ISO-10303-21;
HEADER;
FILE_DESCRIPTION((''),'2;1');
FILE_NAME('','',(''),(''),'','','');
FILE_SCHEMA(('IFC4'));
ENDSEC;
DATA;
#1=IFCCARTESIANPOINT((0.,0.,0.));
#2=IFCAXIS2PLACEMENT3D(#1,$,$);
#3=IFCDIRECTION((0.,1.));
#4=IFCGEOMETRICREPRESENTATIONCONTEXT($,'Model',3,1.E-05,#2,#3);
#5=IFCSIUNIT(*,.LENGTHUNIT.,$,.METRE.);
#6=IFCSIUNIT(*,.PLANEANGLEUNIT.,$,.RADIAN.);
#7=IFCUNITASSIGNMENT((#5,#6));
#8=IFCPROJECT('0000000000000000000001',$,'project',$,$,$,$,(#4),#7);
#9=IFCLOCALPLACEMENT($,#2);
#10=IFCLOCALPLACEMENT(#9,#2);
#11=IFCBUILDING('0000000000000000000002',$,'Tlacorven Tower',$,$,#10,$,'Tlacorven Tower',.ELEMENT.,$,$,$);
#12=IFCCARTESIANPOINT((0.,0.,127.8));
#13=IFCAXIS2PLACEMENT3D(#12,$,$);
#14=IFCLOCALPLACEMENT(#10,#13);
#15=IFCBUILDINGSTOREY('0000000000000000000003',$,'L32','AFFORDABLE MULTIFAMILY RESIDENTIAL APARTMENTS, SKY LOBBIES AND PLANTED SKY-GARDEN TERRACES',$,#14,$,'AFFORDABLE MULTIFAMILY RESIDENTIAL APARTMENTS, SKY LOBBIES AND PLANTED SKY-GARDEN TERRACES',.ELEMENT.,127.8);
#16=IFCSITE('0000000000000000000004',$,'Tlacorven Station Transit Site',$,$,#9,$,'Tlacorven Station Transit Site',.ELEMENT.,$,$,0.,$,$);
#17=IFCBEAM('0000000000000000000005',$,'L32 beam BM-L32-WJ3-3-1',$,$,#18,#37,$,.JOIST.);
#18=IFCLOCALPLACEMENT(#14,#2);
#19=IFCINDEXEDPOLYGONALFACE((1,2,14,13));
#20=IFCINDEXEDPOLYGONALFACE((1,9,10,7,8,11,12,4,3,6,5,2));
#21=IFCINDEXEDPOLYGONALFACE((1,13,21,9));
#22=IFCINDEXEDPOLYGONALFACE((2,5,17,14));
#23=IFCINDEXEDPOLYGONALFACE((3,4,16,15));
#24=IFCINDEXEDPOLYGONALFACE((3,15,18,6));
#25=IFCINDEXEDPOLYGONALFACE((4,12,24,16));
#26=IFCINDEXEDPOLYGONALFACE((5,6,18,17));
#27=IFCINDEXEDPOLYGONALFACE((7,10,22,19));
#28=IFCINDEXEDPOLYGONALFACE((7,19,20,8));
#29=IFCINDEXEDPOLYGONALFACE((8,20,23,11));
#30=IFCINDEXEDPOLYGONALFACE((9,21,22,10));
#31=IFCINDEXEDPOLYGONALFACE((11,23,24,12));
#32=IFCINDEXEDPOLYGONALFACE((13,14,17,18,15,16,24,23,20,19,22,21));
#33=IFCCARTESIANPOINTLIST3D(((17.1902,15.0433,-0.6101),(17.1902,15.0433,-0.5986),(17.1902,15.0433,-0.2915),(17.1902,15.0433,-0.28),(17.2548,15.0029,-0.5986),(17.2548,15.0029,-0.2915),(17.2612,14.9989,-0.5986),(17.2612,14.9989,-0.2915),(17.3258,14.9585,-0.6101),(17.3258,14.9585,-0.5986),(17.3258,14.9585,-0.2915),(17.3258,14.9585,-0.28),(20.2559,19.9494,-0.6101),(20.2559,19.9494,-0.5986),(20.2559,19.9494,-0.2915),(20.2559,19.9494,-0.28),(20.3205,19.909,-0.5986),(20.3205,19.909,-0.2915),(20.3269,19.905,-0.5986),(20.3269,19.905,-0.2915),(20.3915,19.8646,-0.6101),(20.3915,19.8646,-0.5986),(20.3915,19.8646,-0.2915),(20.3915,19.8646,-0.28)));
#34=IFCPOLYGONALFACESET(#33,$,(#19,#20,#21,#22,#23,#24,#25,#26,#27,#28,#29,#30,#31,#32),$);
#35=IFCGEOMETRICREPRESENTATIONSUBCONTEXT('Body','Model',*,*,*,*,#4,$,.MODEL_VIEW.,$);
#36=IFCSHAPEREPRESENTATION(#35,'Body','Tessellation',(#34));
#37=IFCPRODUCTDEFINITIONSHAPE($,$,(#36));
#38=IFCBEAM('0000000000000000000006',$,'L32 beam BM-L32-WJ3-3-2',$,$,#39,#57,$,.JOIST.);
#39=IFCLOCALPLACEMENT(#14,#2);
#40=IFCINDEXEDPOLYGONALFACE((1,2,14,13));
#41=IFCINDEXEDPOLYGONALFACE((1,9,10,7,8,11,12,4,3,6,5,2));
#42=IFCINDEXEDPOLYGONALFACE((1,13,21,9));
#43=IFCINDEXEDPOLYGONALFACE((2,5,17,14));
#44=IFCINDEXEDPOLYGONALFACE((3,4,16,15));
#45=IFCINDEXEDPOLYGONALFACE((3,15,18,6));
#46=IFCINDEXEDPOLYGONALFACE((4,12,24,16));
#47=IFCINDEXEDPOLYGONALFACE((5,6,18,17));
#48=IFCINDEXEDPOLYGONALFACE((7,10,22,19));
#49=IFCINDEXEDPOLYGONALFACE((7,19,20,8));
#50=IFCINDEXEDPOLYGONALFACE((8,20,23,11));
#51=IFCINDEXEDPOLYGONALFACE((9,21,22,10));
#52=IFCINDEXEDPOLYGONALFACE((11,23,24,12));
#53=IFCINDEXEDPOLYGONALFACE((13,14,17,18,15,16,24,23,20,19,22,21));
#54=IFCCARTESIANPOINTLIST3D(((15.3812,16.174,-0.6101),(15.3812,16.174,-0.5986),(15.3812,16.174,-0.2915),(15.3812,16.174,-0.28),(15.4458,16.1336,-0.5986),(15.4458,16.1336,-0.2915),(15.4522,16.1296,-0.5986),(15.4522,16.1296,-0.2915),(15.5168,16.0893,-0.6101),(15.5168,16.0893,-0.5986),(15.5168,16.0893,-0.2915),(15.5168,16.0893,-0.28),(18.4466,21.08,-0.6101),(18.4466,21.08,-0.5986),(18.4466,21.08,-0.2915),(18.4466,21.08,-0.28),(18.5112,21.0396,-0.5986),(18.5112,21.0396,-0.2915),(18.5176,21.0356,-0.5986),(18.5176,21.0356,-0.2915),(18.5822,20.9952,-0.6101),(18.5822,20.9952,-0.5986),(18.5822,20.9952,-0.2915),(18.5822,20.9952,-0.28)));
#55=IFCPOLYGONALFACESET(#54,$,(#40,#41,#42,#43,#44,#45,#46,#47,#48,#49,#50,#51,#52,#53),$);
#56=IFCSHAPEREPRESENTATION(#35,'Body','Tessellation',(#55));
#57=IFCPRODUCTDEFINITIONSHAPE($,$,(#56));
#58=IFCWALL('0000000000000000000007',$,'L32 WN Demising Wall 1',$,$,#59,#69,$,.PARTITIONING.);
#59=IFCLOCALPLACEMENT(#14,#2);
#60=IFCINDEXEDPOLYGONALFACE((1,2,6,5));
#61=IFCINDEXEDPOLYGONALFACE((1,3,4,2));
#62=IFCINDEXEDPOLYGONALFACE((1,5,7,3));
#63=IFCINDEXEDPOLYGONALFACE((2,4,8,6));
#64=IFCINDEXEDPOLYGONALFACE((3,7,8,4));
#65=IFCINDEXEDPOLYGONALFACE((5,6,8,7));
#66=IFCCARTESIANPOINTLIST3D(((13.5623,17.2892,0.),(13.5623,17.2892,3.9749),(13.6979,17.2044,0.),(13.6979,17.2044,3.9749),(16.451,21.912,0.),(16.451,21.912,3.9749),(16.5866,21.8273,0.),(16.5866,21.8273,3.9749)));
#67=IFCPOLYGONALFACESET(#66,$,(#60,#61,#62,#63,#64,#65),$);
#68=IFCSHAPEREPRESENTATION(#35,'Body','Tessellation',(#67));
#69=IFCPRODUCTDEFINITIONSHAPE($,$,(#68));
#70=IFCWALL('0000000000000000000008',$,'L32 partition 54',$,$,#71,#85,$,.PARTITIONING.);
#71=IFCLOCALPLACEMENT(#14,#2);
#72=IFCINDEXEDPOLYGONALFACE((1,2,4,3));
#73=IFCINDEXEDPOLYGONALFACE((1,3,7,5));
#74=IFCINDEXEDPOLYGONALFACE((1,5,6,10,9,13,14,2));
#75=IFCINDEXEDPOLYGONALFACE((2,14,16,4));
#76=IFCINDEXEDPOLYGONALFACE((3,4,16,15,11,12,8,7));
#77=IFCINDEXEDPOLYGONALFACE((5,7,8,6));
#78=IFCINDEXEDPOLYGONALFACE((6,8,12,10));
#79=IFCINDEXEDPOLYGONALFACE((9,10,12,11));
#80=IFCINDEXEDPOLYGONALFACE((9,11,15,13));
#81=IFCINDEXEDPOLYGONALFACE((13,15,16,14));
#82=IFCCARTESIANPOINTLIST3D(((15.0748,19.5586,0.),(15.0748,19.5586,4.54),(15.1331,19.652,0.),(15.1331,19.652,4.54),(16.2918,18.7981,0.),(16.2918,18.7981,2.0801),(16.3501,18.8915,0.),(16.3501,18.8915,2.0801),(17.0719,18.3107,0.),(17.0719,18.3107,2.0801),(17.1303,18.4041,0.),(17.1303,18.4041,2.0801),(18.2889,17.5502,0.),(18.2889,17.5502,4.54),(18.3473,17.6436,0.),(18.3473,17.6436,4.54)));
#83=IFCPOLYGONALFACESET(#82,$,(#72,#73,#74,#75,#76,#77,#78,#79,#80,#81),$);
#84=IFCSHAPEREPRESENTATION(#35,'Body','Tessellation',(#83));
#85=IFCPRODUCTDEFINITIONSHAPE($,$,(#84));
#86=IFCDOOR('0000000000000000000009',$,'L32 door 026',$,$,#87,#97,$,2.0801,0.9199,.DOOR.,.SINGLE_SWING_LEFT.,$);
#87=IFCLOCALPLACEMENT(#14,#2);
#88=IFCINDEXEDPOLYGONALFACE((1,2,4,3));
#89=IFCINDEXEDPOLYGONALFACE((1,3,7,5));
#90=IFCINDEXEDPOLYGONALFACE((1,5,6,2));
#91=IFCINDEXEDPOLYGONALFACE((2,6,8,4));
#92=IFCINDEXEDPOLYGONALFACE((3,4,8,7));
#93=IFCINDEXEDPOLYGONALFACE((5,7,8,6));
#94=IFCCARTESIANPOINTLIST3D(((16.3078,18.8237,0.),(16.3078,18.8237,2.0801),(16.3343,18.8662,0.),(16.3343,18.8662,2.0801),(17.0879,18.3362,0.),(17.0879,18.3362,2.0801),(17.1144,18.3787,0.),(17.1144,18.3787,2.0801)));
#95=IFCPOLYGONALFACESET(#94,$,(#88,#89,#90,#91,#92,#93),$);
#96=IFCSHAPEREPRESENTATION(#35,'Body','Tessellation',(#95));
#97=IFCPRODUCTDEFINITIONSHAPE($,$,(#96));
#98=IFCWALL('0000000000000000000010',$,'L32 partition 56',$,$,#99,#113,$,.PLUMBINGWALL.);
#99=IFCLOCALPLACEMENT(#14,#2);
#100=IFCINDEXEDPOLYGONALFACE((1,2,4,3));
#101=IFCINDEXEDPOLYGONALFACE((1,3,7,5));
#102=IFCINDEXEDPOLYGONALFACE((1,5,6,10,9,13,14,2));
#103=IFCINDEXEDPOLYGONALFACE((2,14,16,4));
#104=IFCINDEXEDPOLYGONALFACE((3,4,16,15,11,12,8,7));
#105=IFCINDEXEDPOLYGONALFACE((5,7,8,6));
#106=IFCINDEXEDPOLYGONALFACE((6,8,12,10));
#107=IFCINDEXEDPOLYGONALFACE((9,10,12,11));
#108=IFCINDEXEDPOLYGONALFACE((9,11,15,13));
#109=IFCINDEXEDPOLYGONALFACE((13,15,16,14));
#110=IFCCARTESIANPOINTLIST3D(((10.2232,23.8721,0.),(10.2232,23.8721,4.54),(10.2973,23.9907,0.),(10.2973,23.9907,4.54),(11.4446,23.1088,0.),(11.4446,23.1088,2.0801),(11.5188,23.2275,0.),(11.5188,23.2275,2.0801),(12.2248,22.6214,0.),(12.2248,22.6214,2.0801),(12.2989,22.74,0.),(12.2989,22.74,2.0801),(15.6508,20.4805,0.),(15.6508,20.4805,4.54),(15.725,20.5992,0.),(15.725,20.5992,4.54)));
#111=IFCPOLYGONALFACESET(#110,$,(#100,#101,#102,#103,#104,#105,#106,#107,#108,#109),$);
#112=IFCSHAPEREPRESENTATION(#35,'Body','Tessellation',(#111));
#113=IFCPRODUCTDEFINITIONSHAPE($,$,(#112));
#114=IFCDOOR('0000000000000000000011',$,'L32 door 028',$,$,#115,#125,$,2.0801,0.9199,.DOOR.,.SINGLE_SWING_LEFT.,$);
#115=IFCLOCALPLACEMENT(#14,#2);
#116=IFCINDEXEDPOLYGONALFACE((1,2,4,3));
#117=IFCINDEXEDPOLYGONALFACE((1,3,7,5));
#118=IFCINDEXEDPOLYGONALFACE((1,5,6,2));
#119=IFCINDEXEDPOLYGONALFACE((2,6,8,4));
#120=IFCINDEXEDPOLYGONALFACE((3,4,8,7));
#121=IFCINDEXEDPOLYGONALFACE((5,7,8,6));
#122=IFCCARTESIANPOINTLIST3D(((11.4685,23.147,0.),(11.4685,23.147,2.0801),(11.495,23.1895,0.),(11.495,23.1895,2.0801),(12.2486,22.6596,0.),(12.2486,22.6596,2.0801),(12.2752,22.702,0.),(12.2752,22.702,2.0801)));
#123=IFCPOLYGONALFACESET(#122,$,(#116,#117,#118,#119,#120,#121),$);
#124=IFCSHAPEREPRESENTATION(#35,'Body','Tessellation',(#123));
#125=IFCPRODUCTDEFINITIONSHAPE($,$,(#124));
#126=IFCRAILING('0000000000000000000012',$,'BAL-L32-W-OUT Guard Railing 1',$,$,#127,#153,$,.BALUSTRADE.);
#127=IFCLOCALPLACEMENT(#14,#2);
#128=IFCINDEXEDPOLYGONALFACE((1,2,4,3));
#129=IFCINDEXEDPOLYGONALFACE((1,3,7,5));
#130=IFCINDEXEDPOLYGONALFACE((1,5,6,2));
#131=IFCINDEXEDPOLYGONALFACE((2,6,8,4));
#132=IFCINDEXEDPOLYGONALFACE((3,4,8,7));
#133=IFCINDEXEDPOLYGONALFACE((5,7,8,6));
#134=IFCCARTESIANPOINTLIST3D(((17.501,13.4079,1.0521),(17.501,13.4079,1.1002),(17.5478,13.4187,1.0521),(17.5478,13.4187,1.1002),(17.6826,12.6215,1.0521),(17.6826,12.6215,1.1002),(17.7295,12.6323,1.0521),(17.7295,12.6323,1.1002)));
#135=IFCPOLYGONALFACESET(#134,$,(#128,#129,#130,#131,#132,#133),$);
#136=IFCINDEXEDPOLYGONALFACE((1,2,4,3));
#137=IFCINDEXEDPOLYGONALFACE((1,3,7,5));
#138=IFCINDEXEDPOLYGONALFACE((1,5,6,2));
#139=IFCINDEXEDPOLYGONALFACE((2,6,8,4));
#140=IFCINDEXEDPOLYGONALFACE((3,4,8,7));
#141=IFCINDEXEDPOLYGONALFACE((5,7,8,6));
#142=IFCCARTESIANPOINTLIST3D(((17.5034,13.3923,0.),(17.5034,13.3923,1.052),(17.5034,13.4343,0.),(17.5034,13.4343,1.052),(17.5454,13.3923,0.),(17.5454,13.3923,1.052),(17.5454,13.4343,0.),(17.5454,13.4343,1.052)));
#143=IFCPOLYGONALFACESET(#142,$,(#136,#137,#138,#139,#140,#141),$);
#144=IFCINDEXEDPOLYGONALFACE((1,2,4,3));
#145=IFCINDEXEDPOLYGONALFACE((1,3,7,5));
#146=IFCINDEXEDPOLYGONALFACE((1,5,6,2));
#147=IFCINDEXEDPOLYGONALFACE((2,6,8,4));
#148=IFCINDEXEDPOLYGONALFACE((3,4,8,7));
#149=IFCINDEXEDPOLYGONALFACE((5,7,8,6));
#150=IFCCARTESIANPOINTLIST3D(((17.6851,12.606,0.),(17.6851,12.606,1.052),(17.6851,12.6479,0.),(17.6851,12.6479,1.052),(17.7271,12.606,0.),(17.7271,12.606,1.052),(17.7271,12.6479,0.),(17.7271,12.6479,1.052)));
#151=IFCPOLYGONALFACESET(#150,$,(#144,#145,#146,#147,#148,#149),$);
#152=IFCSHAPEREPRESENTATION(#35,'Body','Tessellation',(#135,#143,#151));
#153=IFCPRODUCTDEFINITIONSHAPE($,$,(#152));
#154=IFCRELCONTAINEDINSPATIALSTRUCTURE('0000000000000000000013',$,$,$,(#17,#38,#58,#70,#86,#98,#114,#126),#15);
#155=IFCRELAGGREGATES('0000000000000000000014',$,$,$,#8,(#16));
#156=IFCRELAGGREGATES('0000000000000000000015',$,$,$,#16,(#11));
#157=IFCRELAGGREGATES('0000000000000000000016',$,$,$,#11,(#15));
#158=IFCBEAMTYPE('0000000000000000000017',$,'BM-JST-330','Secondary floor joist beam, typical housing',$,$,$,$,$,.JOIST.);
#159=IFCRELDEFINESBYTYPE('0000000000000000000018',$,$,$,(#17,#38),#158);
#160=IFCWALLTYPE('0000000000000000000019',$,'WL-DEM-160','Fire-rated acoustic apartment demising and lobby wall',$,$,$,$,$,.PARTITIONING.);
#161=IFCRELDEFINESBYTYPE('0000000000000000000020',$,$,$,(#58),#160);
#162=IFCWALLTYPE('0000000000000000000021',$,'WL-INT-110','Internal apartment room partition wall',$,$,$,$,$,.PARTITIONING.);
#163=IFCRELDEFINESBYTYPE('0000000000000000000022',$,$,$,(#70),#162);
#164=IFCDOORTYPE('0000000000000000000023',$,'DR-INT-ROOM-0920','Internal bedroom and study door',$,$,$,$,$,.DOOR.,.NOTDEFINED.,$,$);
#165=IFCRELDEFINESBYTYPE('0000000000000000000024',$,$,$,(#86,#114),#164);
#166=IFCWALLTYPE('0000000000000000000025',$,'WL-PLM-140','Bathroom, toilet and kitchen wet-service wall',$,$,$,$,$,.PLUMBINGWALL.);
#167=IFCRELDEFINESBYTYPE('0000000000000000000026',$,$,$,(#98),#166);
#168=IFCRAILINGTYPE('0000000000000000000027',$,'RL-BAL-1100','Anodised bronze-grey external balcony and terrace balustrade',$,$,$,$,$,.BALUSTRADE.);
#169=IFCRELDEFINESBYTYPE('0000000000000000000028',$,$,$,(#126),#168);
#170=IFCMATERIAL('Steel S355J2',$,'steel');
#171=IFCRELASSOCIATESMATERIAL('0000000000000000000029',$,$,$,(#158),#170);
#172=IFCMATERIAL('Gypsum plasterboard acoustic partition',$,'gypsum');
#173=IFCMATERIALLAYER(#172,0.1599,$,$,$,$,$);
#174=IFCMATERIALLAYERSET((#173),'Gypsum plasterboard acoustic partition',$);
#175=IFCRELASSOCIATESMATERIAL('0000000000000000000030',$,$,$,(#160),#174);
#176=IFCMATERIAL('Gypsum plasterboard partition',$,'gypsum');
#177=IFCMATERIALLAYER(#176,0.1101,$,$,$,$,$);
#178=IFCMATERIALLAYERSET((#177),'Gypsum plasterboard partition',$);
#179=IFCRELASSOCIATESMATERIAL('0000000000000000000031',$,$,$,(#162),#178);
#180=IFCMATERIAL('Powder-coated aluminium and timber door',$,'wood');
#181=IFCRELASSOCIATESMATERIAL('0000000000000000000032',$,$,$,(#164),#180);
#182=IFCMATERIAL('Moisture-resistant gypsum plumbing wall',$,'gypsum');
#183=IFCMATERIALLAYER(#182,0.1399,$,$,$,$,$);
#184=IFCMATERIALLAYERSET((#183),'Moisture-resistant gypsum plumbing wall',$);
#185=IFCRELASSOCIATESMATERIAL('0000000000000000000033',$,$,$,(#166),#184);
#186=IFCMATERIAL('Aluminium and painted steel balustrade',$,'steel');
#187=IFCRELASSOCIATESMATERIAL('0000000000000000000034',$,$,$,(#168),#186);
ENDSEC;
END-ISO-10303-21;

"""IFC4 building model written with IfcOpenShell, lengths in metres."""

from ifc_helpers import new_model, si_unit, direction, frame, frame_2d, origin, origin_2d, place, context, subcontext, project, spatial, rectangle, i_section, extrude, source, transform, mapped, material, layer, layer_set, material_profile, profile_set, type_object, element, fill, save


model = new_model("IFC4")

# Units and contexts
model_context = context("Model", 3, precision=1e-05, world=origin(), true_north=direction((0.0, 1.0)))
body_context = subcontext(model_context, "Body", "Model", "MODEL_VIEW")
ifc_project = project(units=[si_unit("LENGTHUNIT", "METRE"), si_unit("PLANEANGLEUNIT", "RADIAN")], contexts=[model_context])

# Site, building, storey
site_placement = place(None, origin())
site = spatial("IfcSite", under=ifc_project, at=site_placement, Name="Tlacorven Station Transit Site", LongName="Tlacorven Station Transit Site", CompositionType="ELEMENT", RefElevation=0.0)
building_placement = place(site_placement, origin())
building = spatial("IfcBuilding", under=site, at=building_placement, Name="Tlacorven Tower", LongName="Tlacorven Tower", CompositionType="ELEMENT")
storey_placement = place(building_placement, frame((0.0, 0.0, 127.8)))
storey = spatial("IfcBuildingStorey", under=building, at=storey_placement, Name="L32", Description="AFFORDABLE MULTIFAMILY RESIDENTIAL APARTMENTS, SKY LOBBIES AND PLANTED SKY-GARDEN TERRACES", LongName="AFFORDABLE MULTIFAMILY RESIDENTIAL APARTMENTS, SKY LOBBIES AND PLANTED SKY-GARDEN TERRACES", CompositionType="ELEMENT", Elevation=127.8)

# Beams
ifc_material_1 = material(Name="Steel S355J2", Category="steel")
ifc_material_profile_1 = material_profile(ifc_material_1, i_section(OverallWidth=0.1599, OverallDepth=0.3301, WebThickness=0.0076, FlangeThickness=0.0115, at=origin_2d()), Name="IPE 330")
ifc_profile_set_1 = profile_set([ifc_material_profile_1], Name="Steel S355J2")
beam_type_1 = type_object("IfcBeamType", Name="BM-JST-330", Description="Secondary floor joist beam, typical housing", PredefinedType="JOIST", material=ifc_profile_set_1)
shared_shape_1 = source(origin(), body_context, "Body", "SweptSolid", [
    extrude(i_section(OverallWidth=0.1599, OverallDepth=0.3301, WebThickness=0.0076, FlangeThickness=0.0115, at=origin_2d()), origin(), (0.0, 0.0, 1.0), 5.7852),
])
beam_1_placement = place(storey_placement, frame((20.3237, 19.907, -0.4451), z_axis=(-0.529927, -0.848043, 0.0), x_axis=(0.848043, -0.529927, 0.0)))
element("IfcBeam", 1, at=beam_1_placement, inside=storey, type_object=beam_type_1, Name="L32 beam BM-L32-WJ3-3-1", PredefinedType="JOIST", context=body_context, shape_type="MappedRepresentation", body=[
    mapped(shared_shape_1, transform((0.0, 0.0, 0.0), scale=1.0)),
])
shared_shape_2 = source(origin(), body_context, "Body", "SweptSolid", [
    extrude(i_section(OverallWidth=0.1599, OverallDepth=0.3301, WebThickness=0.0076, FlangeThickness=0.0115, at=origin_2d()), origin(), (0.0, 0.0, 1.0), 5.7849),
])
beam_2_placement = place(storey_placement, frame((18.5144, 21.0376, -0.4451), z_axis=(-0.529897, -0.848062, 0.0), x_axis=(0.848062, -0.529897, 0.0)))
element("IfcBeam", 2, at=beam_2_placement, inside=storey, type_object=beam_type_1, Name="L32 beam BM-L32-WJ3-3-2", PredefinedType="JOIST", context=body_context, shape_type="MappedRepresentation", body=[
    mapped(shared_shape_2, transform((0.0, 0.0, 0.0), scale=1.0)),
])

# Wall
ifc_material_2 = material(Name="Gypsum plasterboard acoustic partition", Category="gypsum")
ifc_layer_1 = layer(ifc_material_2, 0.1599)
ifc_layer_set_1 = layer_set([ifc_layer_1], Name="Gypsum plasterboard acoustic partition")
wall_type_1 = type_object("IfcWallType", Name="WL-DEM-160", Description="Fire-rated acoustic apartment demising and lobby wall", PredefinedType="PARTITIONING", material=ifc_layer_set_1)
wall_1_placement = place(storey_placement, frame((16.5188, 21.8696, 0.0), z_axis=(0.0, 0.0, 1.0), x_axis=(-0.529922, -0.848046, 0.0)))
element("IfcWall", 3, at=wall_1_placement, inside=storey, type_object=wall_type_1, Name="L32 WN Demising Wall 1", PredefinedType="PARTITIONING", context=body_context, shape_type="SweptSolid", body=[
    extrude(rectangle(XDim=5.4512, YDim=0.1599, at=frame_2d((2.7256, 0.0))), origin(), (0.0, 0.0, 1.0), 3.9749),
])

# Walls, openings, doors
ifc_material_3 = material(Name="Gypsum plasterboard partition", Category="gypsum")
ifc_layer_2 = layer(ifc_material_3, 0.1101)
ifc_layer_set_2 = layer_set([ifc_layer_2], Name="Gypsum plasterboard partition")
wall_type_2 = type_object("IfcWallType", Name="WL-INT-110", Description="Internal apartment room partition wall", PredefinedType="PARTITIONING", material=ifc_layer_set_2)
wall_2_placement = place(storey_placement, frame((18.3181, 17.5969, 0.0), z_axis=(0.0, 0.0, 1.0), x_axis=(-0.84806, 0.529901, 0.0)))
wall_2 = element("IfcWall", 4, at=wall_2_placement, inside=storey, type_object=wall_type_2, Name="L32 partition 54", PredefinedType="PARTITIONING", context=body_context, shape_type="SweptSolid", body=[
    extrude(rectangle(XDim=3.79, YDim=0.1101, at=frame_2d((1.895, 0.0))), origin(), (0.0, 0.0, 1.0), 4.54),
])
opening_1_placement = place(wall_2_placement, frame((1.4351, 0.0, 0.0)))
opening_1 = element("IfcOpeningElement", 5, at=opening_1_placement, cuts=wall_2, PredefinedType="OPENING", context=body_context, shape_type="SweptSolid", body=[
    extrude(rectangle(XDim=0.9199, YDim=2.0801, at=frame_2d((0.46, 1.04))), frame((0.0, 0.0649, 0.0), z_axis=(0.0, -1.0, 0.0), x_axis=(1.0, 0.0, 0.0)), (0.0, 0.0, 1.0), 0.1301),
])
ifc_material_4 = material(Name="Powder-coated aluminium and timber door", Category="wood")
door_type = type_object("IfcDoorType", Name="DR-INT-ROOM-0920", Description="Internal bedroom and study door", OperationType="NOTDEFINED", PredefinedType="DOOR", material=ifc_material_4)
shared_shape_3 = source(origin(), body_context, "Body", "SweptSolid", [
    extrude(rectangle(XDim=0.9199, YDim=2.0801, at=frame_2d((0.46, 1.04))), frame((0.0, 0.0249, 0.0), z_axis=(0.0, -1.0, 0.0), x_axis=(1.0, 0.0, 0.0)), (0.0, 0.0, 1.0), 0.05),
])
door_1_placement = place(opening_1_placement, origin())
door_1 = element("IfcDoor", 6, at=door_1_placement, inside=storey, type_object=door_type, Name="L32 door 026", OperationType="SINGLE_SWING_LEFT", OverallHeight=2.0801, OverallWidth=0.9199, PredefinedType="DOOR", context=body_context, shape_type="MappedRepresentation", body=[
    mapped(shared_shape_3, transform((0.0, 0.0, 0.0), scale=1.0)),
])
fill(opening_1, door_1)
ifc_material_5 = material(Name="Moisture-resistant gypsum plumbing wall", Category="gypsum")
ifc_layer_3 = layer(ifc_material_5, 0.1399)
ifc_layer_set_3 = layer_set([ifc_layer_3], Name="Moisture-resistant gypsum plumbing wall")
wall_type_3 = type_object("IfcWallType", Name="WL-PLM-140", Description="Bathroom, toilet and kitchen wet-service wall", PredefinedType="PLUMBINGWALL", material=ifc_layer_set_3)
wall_3_placement = place(storey_placement, frame((15.688, 20.5398, 0.0), z_axis=(0.0, 0.0, 1.0), x_axis=(-0.84805, 0.529917, 0.0)))
wall_3 = element("IfcWall", 7, at=wall_3_placement, inside=storey, type_object=wall_type_3, Name="L32 partition 56", PredefinedType="PLUMBINGWALL", context=body_context, shape_type="SweptSolid", body=[
    extrude(rectangle(XDim=6.4001, YDim=0.1399, at=frame_2d((3.2002, 0.0))), origin(), (0.0, 0.0, 1.0), 4.54),
])
opening_2_placement = place(wall_3_placement, frame((4.04, 0.0, 0.0)))
opening_2 = element("IfcOpeningElement", 8, at=opening_2_placement, cuts=wall_3, PredefinedType="OPENING", context=body_context, shape_type="SweptSolid", body=[
    extrude(rectangle(XDim=0.9199, YDim=2.0801, at=frame_2d((0.46, 1.04))), frame((0.0, 0.0801, 0.0), z_axis=(0.0, -1.0, 0.0), x_axis=(1.0, 0.0, 0.0)), (0.0, 0.0, 1.0), 0.1599),
])
door_2_placement = place(opening_2_placement, origin())
door_2 = element("IfcDoor", 9, at=door_2_placement, inside=storey, type_object=door_type, Name="L32 door 028", OperationType="SINGLE_SWING_LEFT", OverallHeight=2.0801, OverallWidth=0.9199, PredefinedType="DOOR", context=body_context, shape_type="MappedRepresentation", body=[
    mapped(shared_shape_3, transform((0.0, 0.0, 0.0), scale=1.0)),
])
fill(opening_2, door_2)

# Railing
ifc_material_6 = material(Name="Aluminium and painted steel balustrade", Category="steel")
railing_type = type_object("IfcRailingType", Name="RL-BAL-1100", Description="Anodised bronze-grey external balcony and terrace balustrade", PredefinedType="BALUSTRADE", material=ifc_material_6)
shared_shape_4 = source(origin(), body_context, "Body", "SweptSolid", [
    extrude(rectangle(XDim=0.0481, YDim=0.0481, at=origin_2d()), frame((0.0, 0.0, 1.0762), z_axis=(0.225058, -0.974345, 0.0), x_axis=(0.974345, 0.225058, 0.0)), (0.0, 0.0, 1.0), 0.8071),
    extrude(rectangle(XDim=0.042, YDim=0.042, at=origin_2d()), origin(), (0.0, 0.0, 1.0), 1.052),
    extrude(rectangle(XDim=0.042, YDim=0.042, at=origin_2d()), frame((0.1816, -0.7864, 0.0)), (0.0, 0.0, 1.0), 1.052),
])
railing_1_placement = place(storey_placement, frame((17.5244, 13.4133, 0.0)))
element("IfcRailing", 10, at=railing_1_placement, inside=storey, type_object=railing_type, Name="BAL-L32-W-OUT Guard Railing 1", PredefinedType="BALUSTRADE", context=body_context, shape_type="MappedRepresentation", body=[
    mapped(shared_shape_4, transform((0.0, 0.0, 0.0), scale=1.0)),
])

save(model, "model.ifc")
